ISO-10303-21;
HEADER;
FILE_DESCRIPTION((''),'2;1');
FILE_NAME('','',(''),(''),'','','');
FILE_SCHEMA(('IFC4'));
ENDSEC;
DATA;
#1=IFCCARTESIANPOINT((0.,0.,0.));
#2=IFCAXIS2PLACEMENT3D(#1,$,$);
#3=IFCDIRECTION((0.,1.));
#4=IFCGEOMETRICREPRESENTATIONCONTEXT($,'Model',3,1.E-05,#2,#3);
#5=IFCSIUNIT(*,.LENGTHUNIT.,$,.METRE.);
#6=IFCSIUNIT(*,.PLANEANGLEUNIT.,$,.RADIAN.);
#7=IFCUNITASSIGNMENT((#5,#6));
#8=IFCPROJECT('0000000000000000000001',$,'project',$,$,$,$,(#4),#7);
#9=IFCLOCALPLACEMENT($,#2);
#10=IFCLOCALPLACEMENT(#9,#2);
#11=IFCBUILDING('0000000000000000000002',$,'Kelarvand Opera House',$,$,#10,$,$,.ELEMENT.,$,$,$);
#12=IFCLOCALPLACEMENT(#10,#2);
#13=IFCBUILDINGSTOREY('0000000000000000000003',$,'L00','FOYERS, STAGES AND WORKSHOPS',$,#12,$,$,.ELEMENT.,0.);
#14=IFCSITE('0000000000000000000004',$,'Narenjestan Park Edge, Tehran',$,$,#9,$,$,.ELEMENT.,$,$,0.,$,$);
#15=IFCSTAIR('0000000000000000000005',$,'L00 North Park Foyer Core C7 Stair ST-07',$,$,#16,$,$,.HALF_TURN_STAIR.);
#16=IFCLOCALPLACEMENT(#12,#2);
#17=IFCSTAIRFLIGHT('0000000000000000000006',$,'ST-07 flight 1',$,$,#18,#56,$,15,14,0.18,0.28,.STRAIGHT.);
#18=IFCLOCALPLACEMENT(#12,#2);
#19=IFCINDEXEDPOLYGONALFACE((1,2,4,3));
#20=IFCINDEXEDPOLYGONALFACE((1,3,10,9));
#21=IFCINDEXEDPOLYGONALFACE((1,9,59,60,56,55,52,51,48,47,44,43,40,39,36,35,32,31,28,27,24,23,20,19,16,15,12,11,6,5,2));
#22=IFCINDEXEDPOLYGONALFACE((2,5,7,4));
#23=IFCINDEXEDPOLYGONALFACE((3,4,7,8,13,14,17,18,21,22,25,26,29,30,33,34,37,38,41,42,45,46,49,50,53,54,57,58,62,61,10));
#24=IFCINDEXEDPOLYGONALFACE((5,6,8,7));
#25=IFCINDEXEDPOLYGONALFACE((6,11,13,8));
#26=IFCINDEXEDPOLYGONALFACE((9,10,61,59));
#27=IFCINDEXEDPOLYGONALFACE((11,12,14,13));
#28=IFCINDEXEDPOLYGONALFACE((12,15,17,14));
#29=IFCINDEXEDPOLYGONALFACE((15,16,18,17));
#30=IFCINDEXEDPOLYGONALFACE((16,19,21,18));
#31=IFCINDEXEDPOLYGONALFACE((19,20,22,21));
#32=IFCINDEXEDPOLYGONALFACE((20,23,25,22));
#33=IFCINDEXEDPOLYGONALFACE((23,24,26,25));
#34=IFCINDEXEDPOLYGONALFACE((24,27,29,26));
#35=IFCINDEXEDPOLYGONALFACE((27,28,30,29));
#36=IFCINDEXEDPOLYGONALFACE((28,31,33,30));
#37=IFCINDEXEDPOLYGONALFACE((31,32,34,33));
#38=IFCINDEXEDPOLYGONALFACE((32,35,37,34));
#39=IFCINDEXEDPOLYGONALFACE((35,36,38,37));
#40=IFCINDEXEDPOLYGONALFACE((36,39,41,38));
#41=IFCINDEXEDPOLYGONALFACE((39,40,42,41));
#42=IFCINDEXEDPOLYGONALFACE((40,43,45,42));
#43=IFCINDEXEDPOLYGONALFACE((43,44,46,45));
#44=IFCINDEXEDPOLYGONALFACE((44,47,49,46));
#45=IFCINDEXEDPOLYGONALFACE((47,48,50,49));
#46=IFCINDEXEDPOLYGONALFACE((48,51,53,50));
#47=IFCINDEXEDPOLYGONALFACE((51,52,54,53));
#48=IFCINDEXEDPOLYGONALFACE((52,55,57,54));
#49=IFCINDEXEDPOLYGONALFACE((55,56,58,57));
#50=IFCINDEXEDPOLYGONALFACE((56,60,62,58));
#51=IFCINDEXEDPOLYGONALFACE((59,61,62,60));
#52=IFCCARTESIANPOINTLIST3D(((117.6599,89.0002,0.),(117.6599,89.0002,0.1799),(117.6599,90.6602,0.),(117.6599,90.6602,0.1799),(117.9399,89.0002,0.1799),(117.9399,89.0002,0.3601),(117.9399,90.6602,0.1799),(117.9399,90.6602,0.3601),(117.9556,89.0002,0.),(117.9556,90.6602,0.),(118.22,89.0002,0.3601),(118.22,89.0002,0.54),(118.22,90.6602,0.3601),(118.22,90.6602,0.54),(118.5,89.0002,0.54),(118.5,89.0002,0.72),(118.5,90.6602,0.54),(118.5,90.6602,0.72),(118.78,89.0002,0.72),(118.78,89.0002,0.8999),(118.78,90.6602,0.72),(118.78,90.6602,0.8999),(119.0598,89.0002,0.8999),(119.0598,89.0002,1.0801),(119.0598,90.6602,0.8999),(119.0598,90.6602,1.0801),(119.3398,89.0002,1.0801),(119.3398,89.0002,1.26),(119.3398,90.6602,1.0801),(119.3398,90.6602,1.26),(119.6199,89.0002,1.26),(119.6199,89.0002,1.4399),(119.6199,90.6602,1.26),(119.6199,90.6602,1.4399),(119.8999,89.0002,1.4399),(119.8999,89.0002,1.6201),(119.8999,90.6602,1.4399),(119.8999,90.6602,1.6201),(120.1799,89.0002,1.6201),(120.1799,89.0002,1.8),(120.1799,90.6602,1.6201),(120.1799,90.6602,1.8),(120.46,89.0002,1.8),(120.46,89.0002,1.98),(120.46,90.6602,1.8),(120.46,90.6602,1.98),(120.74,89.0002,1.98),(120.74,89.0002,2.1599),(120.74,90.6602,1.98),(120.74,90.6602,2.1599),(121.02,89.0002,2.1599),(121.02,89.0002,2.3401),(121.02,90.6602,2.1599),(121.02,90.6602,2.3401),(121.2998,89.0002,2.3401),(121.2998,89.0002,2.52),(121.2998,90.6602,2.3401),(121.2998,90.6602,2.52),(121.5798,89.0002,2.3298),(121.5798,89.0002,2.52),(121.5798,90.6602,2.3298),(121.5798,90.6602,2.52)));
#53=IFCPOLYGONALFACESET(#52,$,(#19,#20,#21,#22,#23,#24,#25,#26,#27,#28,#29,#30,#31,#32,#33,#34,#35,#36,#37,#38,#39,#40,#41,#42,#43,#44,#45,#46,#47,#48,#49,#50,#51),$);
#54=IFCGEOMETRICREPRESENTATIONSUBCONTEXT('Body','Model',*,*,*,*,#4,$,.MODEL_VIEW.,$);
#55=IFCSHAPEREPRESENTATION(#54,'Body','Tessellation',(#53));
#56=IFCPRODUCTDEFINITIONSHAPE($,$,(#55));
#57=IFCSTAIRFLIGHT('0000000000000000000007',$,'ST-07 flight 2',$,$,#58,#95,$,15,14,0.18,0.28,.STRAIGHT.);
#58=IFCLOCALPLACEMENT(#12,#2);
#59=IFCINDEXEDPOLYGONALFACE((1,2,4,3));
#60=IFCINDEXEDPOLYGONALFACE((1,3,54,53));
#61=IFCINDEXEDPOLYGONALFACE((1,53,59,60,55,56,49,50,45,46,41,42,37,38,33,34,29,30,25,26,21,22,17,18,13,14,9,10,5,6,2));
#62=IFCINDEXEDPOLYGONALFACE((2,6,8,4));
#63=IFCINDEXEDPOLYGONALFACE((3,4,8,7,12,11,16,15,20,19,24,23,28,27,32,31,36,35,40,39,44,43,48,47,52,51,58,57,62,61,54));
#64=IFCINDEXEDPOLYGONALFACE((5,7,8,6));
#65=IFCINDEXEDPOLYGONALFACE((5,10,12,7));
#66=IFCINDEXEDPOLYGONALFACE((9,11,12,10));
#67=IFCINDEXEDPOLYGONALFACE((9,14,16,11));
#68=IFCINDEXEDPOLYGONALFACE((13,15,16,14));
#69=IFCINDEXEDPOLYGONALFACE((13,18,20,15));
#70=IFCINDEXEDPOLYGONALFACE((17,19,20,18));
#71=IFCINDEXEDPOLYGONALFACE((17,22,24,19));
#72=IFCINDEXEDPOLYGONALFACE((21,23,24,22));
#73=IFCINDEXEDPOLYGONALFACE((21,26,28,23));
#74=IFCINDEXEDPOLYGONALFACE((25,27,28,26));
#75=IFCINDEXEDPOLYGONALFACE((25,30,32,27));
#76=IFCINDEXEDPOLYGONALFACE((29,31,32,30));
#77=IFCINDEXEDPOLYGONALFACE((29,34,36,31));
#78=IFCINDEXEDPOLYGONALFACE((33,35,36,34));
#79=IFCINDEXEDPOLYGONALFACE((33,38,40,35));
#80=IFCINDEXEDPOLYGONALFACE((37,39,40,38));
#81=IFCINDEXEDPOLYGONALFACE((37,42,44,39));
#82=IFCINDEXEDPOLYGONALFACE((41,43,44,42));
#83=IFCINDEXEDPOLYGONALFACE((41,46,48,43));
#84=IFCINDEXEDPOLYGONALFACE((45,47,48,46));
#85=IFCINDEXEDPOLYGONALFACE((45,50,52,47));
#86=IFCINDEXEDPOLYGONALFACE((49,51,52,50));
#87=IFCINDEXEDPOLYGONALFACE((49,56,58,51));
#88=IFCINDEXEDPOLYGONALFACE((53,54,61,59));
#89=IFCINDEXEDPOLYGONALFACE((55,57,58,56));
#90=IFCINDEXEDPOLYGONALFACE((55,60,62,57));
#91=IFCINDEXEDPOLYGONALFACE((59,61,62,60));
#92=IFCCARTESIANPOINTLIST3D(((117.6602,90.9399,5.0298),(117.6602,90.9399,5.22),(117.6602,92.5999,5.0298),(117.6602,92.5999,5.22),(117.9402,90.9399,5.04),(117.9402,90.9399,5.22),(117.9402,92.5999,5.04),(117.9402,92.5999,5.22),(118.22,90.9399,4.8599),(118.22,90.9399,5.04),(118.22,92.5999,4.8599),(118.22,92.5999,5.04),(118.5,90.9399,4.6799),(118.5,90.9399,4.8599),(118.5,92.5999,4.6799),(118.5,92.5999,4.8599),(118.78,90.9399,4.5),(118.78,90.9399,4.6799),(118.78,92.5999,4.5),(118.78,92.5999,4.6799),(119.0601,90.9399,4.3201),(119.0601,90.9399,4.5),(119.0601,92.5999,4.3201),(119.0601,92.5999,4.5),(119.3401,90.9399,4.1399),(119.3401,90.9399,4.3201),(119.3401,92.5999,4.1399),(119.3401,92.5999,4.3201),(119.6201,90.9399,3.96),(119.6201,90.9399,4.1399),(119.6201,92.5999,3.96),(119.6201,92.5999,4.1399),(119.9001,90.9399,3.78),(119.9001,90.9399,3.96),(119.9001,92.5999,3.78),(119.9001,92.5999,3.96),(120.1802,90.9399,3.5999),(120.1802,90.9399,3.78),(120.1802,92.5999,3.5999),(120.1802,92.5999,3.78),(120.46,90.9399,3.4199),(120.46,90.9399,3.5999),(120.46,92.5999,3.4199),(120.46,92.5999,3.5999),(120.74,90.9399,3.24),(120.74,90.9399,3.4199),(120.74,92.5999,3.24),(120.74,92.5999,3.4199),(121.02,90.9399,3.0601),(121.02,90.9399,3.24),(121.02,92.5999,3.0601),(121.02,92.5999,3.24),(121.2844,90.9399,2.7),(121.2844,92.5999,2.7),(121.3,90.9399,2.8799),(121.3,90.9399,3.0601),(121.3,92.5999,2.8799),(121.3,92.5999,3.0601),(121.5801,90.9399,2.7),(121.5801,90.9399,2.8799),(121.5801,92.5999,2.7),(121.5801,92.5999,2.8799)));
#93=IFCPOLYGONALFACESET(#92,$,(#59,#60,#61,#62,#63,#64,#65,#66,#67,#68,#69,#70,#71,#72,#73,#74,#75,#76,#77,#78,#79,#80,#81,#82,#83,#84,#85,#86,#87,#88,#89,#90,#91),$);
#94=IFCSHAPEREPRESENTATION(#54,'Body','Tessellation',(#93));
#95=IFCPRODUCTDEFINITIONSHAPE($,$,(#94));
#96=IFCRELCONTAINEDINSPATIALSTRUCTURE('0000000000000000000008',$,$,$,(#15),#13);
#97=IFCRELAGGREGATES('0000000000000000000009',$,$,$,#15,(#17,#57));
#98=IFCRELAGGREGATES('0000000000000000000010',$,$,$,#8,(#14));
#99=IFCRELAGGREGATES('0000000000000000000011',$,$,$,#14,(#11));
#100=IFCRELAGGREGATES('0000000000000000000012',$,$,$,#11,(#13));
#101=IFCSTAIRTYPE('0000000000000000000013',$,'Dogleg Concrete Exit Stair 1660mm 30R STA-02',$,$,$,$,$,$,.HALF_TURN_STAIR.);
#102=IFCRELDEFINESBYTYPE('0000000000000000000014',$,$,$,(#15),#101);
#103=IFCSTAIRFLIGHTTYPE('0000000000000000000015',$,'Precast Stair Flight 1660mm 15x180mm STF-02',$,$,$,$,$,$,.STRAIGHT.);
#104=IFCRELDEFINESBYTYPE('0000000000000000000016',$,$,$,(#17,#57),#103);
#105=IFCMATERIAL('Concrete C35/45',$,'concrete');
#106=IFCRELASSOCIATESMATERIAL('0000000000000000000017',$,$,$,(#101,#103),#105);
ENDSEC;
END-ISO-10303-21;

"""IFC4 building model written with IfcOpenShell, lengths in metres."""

from ifc_helpers import new_model, si_unit, direction, frame, origin, place, context, subcontext, project, spatial, polyline, outline, extrude, material, type_object, element, aggregate, save


model = new_model("IFC4")

# Units and contexts
model_context = context("Model", 3, precision=1e-05, world=origin(), true_north=direction((0.0, 1.0)))
body_context = subcontext(model_context, "Body", "Model", "MODEL_VIEW")
ifc_project = project(units=[si_unit("LENGTHUNIT", "METRE"), si_unit("PLANEANGLEUNIT", "RADIAN")], contexts=[model_context])

# Site, building, storey
site_placement = place(None, origin())
site = spatial("IfcSite", under=ifc_project, at=site_placement, Name="Narenjestan Park Edge, Tehran", CompositionType="ELEMENT", RefElevation=0.0)
building_placement = place(site_placement, origin())
building = spatial("IfcBuilding", under=site, at=building_placement, Name="Kelarvand Opera House", CompositionType="ELEMENT")
storey_placement = place(building_placement, origin())
storey = spatial("IfcBuildingStorey", under=building, at=storey_placement, Name="L00", Description="FOYERS, STAGES AND WORKSHOPS", CompositionType="ELEMENT", Elevation=0.0)

# Shared definitions
ifc_material_1 = material(Name="Concrete C35/45", Category="concrete")

# Stair, stair flights
stair_type = type_object("IfcStairType", Name="Dogleg Concrete Exit Stair 1660mm 30R STA-02", PredefinedType="HALF_TURN_STAIR", material=ifc_material_1)
stair_placement = place(storey_placement, origin())
stair = element("IfcStair", 1, at=stair_placement, inside=storey, type_object=stair_type, Name="L00 North Park Foyer Core C7 Stair ST-07", PredefinedType="HALF_TURN_STAIR")
stair_flight_type = type_object("IfcStairFlightType", Name="Precast Stair Flight 1660mm 15x180mm STF-02", PredefinedType="STRAIGHT", material=ifc_material_1)
stair_flight_1_placement = place(storey_placement, frame((117.6599, 89.8301, 0.0), z_axis=(0.0, 0.0, 1.0), x_axis=(1.0, 0.0, 0.0)))
stair_flight_1 = element("IfcStairFlight", 2, at=stair_flight_1_placement, type_object=stair_flight_type, Name="ST-07 flight 1", NumberOfRisers=15, NumberOfTreads=14, PredefinedType="STRAIGHT", RiserHeight=0.18, TreadLength=0.28, context=body_context, shape_type="SweptSolid", body=[
    extrude(outline(polyline([(0.0, 0.0), (0.0, 0.1799), (0.28, 0.1799), (0.28, 0.3601), (0.5601, 0.3601), (0.5601, 0.54), (0.8401, 0.54), (0.8401, 0.72), (1.1201, 0.72), (1.1201, 0.8999), (1.3999, 0.8999), (1.3999, 1.0801), (1.6799, 1.0801), (1.6799, 1.26), (1.96, 1.26), (1.96, 1.4399), (2.24, 1.4399), (2.24, 1.6201), (2.52, 1.6201), (2.52, 1.8), (2.8, 1.8), (2.8, 1.98), (3.0801, 1.98), (3.0801, 2.1599), (3.3601, 2.1599), (3.3601, 2.3401), (3.6399, 2.3401), (3.6399, 2.52), (3.9199, 2.52), (3.9199, 2.7), (3.9199, 2.3298), (0.2957, 0.0), (0.0, 0.0)])), frame((0.0, 0.8301, 0.0), z_axis=(0.0, -1.0, 0.0), x_axis=(1.0, 0.0, 0.0)), (0.0, 0.0, 1.0), 1.6599),
])
stair_flight_2_placement = place(storey_placement, frame((121.5801, 91.77, 2.7), z_axis=(0.0, 0.0, 1.0), x_axis=(-1.0, 0.0, 0.0)))
stair_flight_2 = element("IfcStairFlight", 3, at=stair_flight_2_placement, type_object=stair_flight_type, Name="ST-07 flight 2", NumberOfRisers=15, NumberOfTreads=14, PredefinedType="STRAIGHT", RiserHeight=0.18, TreadLength=0.28, context=body_context, shape_type="SweptSolid", body=[
    extrude(outline(polyline([(0.0, 0.0), (0.0, 0.1799), (0.28, 0.1799), (0.28, 0.3601), (0.5601, 0.3601), (0.5601, 0.54), (0.8401, 0.54), (0.8401, 0.72), (1.1201, 0.72), (1.1201, 0.8999), (1.3999, 0.8999), (1.3999, 1.0801), (1.6799, 1.0801), (1.6799, 1.26), (1.96, 1.26), (1.96, 1.4399), (2.24, 1.4399), (2.24, 1.6201), (2.52, 1.6201), (2.52, 1.8), (2.8, 1.8), (2.8, 1.98), (3.0801, 1.98), (3.0801, 2.1599), (3.3601, 2.1599), (3.3601, 2.3401), (3.6399, 2.3401), (3.6399, 2.52), (3.9199, 2.52), (3.9199, 2.7), (3.9199, 2.3298), (0.2957, 0.0), (0.0, 0.0)])), frame((0.0, 0.8301, 0.0), z_axis=(0.0, -1.0, 0.0), x_axis=(1.0, 0.0, 0.0)), (0.0, 0.0, 1.0), 1.6599),
])
aggregate(stair, [stair_flight_1, stair_flight_2])

save(model, "model.ifc")
